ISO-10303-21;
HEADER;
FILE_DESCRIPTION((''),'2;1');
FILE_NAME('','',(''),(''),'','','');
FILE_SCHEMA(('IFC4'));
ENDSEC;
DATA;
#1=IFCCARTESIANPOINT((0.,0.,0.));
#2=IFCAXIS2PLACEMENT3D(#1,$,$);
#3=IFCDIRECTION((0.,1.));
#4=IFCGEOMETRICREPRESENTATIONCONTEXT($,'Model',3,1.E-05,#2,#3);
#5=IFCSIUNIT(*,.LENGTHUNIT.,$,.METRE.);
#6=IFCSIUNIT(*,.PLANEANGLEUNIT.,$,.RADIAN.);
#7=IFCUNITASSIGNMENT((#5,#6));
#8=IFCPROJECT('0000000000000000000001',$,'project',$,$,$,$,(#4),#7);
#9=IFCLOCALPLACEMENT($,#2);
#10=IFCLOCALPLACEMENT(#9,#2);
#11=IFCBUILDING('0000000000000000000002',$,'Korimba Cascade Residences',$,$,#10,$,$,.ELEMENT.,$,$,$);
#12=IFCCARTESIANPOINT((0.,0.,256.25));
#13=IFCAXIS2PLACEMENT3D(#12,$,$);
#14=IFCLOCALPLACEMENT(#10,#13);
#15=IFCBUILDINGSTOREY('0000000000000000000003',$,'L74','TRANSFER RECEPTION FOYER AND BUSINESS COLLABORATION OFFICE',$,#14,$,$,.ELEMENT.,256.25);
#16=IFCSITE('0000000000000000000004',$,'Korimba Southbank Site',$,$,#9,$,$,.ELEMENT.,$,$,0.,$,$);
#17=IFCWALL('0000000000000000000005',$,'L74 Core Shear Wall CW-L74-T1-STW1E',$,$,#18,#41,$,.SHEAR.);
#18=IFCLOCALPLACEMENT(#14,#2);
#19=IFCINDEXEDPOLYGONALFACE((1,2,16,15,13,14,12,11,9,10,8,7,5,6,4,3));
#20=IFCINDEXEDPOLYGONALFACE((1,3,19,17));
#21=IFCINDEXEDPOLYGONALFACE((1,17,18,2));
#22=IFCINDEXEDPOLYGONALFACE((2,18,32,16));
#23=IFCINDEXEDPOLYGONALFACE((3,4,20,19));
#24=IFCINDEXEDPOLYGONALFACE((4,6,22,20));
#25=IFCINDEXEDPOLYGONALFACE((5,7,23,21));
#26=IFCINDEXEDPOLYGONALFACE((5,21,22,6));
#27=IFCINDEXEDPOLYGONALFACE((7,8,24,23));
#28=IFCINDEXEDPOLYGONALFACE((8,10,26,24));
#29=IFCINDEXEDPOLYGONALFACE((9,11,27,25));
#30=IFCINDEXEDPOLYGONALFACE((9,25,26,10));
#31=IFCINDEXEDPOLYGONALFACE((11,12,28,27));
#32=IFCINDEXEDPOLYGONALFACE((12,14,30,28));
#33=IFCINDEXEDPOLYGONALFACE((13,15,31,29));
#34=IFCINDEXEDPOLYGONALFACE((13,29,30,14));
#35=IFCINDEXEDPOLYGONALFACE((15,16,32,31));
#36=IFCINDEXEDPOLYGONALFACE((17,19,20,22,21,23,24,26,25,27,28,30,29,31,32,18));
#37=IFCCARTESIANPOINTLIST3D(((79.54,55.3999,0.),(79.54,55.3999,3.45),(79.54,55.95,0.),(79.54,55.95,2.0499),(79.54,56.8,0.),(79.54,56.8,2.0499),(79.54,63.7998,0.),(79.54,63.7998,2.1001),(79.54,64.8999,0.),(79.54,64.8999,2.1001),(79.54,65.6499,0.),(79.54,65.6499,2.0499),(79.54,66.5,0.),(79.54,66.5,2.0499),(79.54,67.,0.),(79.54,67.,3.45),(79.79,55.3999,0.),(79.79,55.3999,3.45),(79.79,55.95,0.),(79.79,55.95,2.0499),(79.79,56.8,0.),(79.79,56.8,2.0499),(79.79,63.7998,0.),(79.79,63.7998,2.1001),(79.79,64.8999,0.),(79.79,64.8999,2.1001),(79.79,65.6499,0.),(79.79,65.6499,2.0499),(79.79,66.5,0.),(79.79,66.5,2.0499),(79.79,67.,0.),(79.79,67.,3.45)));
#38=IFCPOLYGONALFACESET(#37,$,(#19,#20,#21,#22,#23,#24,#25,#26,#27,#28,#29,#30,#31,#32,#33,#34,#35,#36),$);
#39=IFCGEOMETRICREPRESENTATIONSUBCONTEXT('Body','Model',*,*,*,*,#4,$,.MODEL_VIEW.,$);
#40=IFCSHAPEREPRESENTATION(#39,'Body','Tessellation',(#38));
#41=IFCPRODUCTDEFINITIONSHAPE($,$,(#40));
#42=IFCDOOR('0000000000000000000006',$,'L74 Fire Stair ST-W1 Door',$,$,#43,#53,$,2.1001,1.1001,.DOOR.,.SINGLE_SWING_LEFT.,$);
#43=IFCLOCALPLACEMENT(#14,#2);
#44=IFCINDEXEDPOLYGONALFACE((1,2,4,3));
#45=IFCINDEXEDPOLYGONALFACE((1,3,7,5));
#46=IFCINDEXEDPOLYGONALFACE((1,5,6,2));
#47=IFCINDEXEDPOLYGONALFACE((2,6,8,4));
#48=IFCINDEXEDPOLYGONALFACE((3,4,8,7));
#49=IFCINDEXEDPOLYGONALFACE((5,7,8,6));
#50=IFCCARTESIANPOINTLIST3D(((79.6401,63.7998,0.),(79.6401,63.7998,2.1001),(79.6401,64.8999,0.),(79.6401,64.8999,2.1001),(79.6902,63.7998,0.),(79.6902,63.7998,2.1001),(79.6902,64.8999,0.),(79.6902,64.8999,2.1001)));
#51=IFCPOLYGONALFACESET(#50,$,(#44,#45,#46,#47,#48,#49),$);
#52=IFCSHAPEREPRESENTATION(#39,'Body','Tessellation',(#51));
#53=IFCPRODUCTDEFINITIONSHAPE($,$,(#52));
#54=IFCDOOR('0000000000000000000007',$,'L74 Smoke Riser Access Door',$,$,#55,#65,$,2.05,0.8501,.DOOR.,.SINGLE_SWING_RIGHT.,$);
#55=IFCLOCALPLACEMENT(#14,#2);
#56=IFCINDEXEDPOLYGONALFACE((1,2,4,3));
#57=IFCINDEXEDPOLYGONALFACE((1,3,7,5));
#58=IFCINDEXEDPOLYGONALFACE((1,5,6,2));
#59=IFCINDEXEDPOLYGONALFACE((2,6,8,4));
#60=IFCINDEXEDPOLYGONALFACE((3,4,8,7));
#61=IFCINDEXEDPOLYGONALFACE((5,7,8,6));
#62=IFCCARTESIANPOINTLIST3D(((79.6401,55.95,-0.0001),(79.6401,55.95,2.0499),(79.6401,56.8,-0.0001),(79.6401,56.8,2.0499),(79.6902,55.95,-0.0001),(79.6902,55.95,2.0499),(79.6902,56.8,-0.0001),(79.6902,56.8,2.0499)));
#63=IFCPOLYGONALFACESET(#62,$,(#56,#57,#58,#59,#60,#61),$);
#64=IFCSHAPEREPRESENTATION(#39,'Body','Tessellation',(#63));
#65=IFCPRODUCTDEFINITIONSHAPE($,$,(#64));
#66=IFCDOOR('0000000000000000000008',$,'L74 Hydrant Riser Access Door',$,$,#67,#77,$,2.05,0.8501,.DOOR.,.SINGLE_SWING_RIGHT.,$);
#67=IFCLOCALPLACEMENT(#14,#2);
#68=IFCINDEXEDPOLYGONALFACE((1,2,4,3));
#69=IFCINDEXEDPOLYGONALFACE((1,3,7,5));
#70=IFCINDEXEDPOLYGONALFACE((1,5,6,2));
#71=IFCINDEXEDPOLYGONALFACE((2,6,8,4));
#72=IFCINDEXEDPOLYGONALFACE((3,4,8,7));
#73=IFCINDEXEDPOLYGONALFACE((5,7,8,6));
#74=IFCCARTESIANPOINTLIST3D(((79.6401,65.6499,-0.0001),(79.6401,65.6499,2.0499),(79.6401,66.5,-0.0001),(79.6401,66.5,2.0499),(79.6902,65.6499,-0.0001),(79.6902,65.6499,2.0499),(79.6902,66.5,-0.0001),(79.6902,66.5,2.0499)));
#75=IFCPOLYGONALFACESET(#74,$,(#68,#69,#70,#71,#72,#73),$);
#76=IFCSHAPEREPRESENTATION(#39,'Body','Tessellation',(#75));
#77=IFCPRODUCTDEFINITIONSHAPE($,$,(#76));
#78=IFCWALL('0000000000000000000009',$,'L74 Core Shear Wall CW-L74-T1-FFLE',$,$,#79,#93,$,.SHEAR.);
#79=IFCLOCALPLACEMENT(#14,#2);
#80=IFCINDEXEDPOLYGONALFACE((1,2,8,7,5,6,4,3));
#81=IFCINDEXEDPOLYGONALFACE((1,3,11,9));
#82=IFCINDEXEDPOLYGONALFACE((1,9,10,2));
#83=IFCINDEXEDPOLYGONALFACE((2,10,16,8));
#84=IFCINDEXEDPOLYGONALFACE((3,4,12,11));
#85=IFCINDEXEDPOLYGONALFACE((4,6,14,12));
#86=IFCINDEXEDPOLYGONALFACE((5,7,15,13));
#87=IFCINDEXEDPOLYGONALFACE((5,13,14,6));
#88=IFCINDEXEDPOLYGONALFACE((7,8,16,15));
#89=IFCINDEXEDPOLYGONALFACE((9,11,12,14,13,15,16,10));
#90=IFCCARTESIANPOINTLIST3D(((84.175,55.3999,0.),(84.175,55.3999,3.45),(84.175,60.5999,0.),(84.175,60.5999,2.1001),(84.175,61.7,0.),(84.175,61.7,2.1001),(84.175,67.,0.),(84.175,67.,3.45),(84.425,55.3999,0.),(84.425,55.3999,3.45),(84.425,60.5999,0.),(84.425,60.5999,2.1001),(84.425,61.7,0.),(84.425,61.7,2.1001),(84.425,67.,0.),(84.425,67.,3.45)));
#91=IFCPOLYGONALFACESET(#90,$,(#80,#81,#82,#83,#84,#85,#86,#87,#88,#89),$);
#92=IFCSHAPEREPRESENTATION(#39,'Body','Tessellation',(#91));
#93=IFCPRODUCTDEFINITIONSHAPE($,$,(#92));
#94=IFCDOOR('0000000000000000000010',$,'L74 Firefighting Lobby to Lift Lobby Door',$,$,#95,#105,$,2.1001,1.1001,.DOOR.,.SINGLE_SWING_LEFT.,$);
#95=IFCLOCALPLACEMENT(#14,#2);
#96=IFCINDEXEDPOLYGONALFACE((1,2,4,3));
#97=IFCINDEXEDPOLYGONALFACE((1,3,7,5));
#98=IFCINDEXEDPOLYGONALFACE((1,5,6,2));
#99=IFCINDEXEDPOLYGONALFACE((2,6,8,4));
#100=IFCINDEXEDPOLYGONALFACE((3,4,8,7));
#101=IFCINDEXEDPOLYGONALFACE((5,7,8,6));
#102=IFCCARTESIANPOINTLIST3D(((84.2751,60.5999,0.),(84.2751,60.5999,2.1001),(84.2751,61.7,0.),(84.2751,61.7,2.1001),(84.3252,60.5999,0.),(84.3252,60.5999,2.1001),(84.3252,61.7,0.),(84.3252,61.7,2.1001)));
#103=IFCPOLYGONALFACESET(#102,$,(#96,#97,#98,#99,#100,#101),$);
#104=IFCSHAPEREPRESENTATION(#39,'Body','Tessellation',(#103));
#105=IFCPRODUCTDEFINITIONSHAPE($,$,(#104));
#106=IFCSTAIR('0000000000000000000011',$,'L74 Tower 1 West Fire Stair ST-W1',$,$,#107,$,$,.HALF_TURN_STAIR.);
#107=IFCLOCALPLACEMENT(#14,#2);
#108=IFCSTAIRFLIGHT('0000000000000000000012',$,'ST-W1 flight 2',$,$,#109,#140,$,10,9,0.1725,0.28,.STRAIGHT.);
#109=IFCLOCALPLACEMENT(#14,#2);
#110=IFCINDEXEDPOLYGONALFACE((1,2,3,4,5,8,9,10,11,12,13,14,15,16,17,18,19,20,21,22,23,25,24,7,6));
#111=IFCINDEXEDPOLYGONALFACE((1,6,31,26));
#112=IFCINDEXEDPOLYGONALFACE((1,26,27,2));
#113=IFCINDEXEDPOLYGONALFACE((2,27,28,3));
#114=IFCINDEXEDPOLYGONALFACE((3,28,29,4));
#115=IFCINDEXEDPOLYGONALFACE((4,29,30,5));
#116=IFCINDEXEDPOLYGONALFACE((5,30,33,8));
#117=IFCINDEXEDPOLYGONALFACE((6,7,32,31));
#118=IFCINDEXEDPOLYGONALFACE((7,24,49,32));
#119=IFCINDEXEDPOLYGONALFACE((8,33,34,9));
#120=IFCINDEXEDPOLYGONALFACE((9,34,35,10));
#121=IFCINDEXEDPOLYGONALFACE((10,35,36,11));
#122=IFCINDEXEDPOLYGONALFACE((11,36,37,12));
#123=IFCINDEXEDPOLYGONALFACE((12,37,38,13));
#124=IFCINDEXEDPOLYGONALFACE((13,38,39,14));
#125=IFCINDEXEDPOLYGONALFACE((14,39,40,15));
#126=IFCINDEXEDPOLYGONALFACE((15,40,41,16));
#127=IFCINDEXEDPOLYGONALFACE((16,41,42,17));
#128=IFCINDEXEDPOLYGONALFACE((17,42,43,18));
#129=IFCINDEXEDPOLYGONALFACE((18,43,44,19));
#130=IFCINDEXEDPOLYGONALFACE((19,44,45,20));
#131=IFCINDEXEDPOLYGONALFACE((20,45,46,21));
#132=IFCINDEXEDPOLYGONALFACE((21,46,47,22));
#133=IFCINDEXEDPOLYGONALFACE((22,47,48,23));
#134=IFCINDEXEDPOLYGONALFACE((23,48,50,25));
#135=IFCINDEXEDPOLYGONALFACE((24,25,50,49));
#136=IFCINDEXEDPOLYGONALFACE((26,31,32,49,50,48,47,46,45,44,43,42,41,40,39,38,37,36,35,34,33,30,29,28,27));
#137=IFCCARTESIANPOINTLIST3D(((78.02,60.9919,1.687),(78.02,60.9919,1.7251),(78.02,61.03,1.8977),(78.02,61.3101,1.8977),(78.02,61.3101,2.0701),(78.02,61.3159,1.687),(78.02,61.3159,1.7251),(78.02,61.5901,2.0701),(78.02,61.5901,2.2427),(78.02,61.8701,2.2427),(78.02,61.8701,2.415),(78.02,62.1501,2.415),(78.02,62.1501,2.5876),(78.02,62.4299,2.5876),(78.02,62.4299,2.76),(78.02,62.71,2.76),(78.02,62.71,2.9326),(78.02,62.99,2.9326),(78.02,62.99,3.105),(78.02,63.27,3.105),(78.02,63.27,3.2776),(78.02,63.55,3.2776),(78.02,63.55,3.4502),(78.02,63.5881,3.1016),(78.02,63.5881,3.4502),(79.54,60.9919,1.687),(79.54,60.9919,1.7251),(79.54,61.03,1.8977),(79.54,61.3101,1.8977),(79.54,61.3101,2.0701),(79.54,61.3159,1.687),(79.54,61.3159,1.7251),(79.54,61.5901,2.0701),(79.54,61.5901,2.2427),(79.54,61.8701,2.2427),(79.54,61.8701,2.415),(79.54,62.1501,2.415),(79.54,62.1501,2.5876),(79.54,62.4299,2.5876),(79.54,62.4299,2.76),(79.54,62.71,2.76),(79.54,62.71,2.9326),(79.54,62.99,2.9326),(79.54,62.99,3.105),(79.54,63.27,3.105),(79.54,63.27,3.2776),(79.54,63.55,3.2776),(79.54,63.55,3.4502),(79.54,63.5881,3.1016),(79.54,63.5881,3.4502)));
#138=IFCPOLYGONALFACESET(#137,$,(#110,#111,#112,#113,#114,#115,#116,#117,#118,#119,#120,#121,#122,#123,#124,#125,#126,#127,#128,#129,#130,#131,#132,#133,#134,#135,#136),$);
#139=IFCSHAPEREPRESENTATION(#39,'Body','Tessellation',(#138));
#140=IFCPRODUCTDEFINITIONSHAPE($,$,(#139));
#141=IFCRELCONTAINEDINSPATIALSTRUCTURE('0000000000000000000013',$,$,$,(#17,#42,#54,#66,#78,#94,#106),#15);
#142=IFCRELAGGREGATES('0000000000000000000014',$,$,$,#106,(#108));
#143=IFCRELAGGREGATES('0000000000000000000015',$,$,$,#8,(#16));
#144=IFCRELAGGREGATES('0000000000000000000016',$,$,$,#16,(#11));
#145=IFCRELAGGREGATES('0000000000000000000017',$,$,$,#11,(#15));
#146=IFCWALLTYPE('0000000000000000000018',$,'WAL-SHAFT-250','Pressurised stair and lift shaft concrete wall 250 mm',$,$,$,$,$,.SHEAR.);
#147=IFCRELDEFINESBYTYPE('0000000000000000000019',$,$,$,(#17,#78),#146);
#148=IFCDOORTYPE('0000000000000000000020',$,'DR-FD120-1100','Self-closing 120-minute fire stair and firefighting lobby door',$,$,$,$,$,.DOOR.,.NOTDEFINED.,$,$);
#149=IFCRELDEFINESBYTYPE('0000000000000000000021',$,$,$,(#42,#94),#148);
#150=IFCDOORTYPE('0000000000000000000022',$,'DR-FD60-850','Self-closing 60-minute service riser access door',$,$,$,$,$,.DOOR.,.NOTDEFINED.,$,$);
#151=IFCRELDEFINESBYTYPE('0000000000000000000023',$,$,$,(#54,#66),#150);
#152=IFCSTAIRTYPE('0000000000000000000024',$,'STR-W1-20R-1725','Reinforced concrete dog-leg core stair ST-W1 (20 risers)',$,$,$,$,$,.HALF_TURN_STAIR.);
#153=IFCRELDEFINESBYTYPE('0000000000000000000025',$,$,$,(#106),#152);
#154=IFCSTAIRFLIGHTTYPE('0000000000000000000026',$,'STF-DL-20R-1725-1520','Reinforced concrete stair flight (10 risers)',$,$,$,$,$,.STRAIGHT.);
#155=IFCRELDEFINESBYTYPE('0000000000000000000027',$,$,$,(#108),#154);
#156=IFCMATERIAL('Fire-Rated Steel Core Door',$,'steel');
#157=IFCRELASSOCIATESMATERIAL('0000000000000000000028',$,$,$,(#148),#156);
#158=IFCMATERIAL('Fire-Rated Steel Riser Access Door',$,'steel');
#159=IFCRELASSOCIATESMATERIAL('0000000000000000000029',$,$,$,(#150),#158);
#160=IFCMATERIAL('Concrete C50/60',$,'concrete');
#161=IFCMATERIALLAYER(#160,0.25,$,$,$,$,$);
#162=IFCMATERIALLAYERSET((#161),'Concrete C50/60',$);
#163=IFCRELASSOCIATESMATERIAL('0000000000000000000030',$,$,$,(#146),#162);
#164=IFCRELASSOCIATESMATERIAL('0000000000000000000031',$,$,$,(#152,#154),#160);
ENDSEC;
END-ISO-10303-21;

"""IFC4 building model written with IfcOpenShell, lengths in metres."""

from ifc_helpers import new_model, si_unit, direction, frame, frame_2d, origin, place, context, subcontext, project, spatial, polyline, rectangle, outline, extrude, material, layer, layer_set, type_object, element, fill, aggregate, save


model = new_model("IFC4")

# Units and contexts
model_context = context("Model", 3, precision=1e-05, world=origin(), true_north=direction((0.0, 1.0)))
body_context = subcontext(model_context, "Body", "Model", "MODEL_VIEW")
ifc_project = project(units=[si_unit("LENGTHUNIT", "METRE"), si_unit("PLANEANGLEUNIT", "RADIAN")], contexts=[model_context])

# Site, building, storey
site_placement = place(None, origin())
site = spatial("IfcSite", under=ifc_project, at=site_placement, Name="Korimba Southbank Site", CompositionType="ELEMENT", RefElevation=0.0)
building_placement = place(site_placement, origin())
building = spatial("IfcBuilding", under=site, at=building_placement, Name="Korimba Cascade Residences", CompositionType="ELEMENT")
storey_placement = place(building_placement, frame((0.0, 0.0, 256.25)))
storey = spatial("IfcBuildingStorey", under=building, at=storey_placement, Name="L74", Description="TRANSFER RECEPTION FOYER AND BUSINESS COLLABORATION OFFICE", CompositionType="ELEMENT", Elevation=256.25)

# Shared definitions
ifc_material_1 = material(Name="Concrete C50/60", Category="concrete")

# Shared definitions
ifc_material_2 = material(Name="Fire-Rated Steel Core Door", Category="steel")
door_type_1 = type_object("IfcDoorType", Name="DR-FD120-1100", Description="Self-closing 120-minute fire stair and firefighting lobby door", OperationType="NOTDEFINED", PredefinedType="DOOR", material=ifc_material_2)

# Wall, openings, doors
ifc_material_3 = material(Name="Fire-Rated Steel Riser Access Door", Category="steel")
door_type_2 = type_object("IfcDoorType", Name="DR-FD60-850", Description="Self-closing 60-minute service riser access door", OperationType="NOTDEFINED", PredefinedType="DOOR", material=ifc_material_3)
ifc_layer_1 = layer(ifc_material_1, 0.25)
ifc_layer_set_1 = layer_set([ifc_layer_1], Name="Concrete C50/60")
wall_type_1 = type_object("IfcWallType", Name="WAL-SHAFT-250", Description="Pressurised stair and lift shaft concrete wall 250 mm", PredefinedType="SHEAR", material=ifc_layer_set_1)
wall_1_placement = place(storey_placement, frame((79.665, 55.3999, 0.0), z_axis=(0.0, 0.0, 1.0), x_axis=(0.0, 1.0, 0.0)))
wall_1 = element("IfcWall", 1, at=wall_1_placement, inside=storey, type_object=wall_type_1, Name="L74 Core Shear Wall CW-L74-T1-STW1E", PredefinedType="SHEAR", context=body_context, shape_type="SweptSolid", body=[
    extrude(rectangle(XDim=11.6001, YDim=0.25, at=frame_2d((5.8, 0.0))), origin(), (0.0, 0.0, 1.0), 3.45),
])
opening_1_placement = place(wall_1_placement, frame((0.55, 0.0, 0.0)))
opening_1 = element("IfcOpeningElement", 2, at=opening_1_placement, cuts=wall_1, PredefinedType="OPENING", context=body_context, shape_type="SweptSolid", body=[
    extrude(rectangle(XDim=0.8501, YDim=2.05, at=frame_2d((0.425, 1.0249))), frame((0.0, 0.135, 0.0), z_axis=(0.0, -1.0, 0.0), x_axis=(1.0, 0.0, 0.0)), (0.0, 0.0, 1.0), 0.27),
])
opening_2_placement = place(wall_1_placement, frame((8.3999, 0.0, 0.0)))
opening_2 = element("IfcOpeningElement", 3, at=opening_2_placement, cuts=wall_1, PredefinedType="OPENING", context=body_context, shape_type="SweptSolid", body=[
    extrude(rectangle(XDim=1.1001, YDim=2.1001, at=frame_2d((0.55, 1.05))), frame((0.0, 0.135, 0.0), z_axis=(0.0, -1.0, 0.0), x_axis=(1.0, 0.0, 0.0)), (0.0, 0.0, 1.0), 0.27),
])
opening_3_placement = place(wall_1_placement, frame((10.25, 0.0, 0.0)))
opening_3 = element("IfcOpeningElement", 4, at=opening_3_placement, cuts=wall_1, PredefinedType="OPENING", context=body_context, shape_type="SweptSolid", body=[
    extrude(rectangle(XDim=0.8501, YDim=2.05, at=frame_2d((0.425, 1.0249))), frame((0.0, 0.135, 0.0), z_axis=(0.0, -1.0, 0.0), x_axis=(1.0, 0.0, 0.0)), (0.0, 0.0, 1.0), 0.27),
])
door_1_placement = place(opening_2_placement, origin())
door_1 = element("IfcDoor", 5, at=door_1_placement, inside=storey, type_object=door_type_1, Name="L74 Fire Stair ST-W1 Door", OperationType="SINGLE_SWING_LEFT", OverallHeight=2.1001, OverallWidth=1.1001, PredefinedType="DOOR", context=body_context, shape_type="SweptSolid", body=[
    extrude(rectangle(XDim=1.1001, YDim=2.1001, at=frame_2d((0.55, 1.05))), frame((0.0, 0.0249, 0.0), z_axis=(0.0, -1.0, 0.0), x_axis=(1.0, 0.0, 0.0)), (0.0, 0.0, 1.0), 0.05),
])
fill(opening_2, door_1)
door_2_placement = place(opening_1_placement, origin())
door_2 = element("IfcDoor", 6, at=door_2_placement, inside=storey, type_object=door_type_2, Name="L74 Smoke Riser Access Door", OperationType="SINGLE_SWING_RIGHT", OverallHeight=2.05, OverallWidth=0.8501, PredefinedType="DOOR", context=body_context, shape_type="SweptSolid", body=[
    extrude(rectangle(XDim=0.8501, YDim=2.05, at=frame_2d((0.425, 1.0249))), frame((0.0, 0.0249, 0.0), z_axis=(0.0, -1.0, 0.0), x_axis=(1.0, 0.0, 0.0)), (0.0, 0.0, 1.0), 0.05),
])
fill(opening_1, door_2)
door_3_placement = place(opening_3_placement, origin())
door_3 = element("IfcDoor", 7, at=door_3_placement, inside=storey, type_object=door_type_2, Name="L74 Hydrant Riser Access Door", OperationType="SINGLE_SWING_RIGHT", OverallHeight=2.05, OverallWidth=0.8501, PredefinedType="DOOR", context=body_context, shape_type="SweptSolid", body=[
    extrude(rectangle(XDim=0.8501, YDim=2.05, at=frame_2d((0.425, 1.0249))), frame((0.0, 0.0249, 0.0), z_axis=(0.0, -1.0, 0.0), x_axis=(1.0, 0.0, 0.0)), (0.0, 0.0, 1.0), 0.05),
])
fill(opening_3, door_3)

# Wall, opening, door
wall_2_placement = place(storey_placement, frame((84.3, 55.3999, 0.0), z_axis=(0.0, 0.0, 1.0), x_axis=(0.0, 1.0, 0.0)))
wall_2 = element("IfcWall", 8, at=wall_2_placement, inside=storey, type_object=wall_type_1, Name="L74 Core Shear Wall CW-L74-T1-FFLE", PredefinedType="SHEAR", context=body_context, shape_type="SweptSolid", body=[
    extrude(rectangle(XDim=11.6001, YDim=0.25, at=frame_2d((5.8, 0.0))), origin(), (0.0, 0.0, 1.0), 3.45),
])
opening_4_placement = place(wall_2_placement, frame((5.2, 0.0, 0.0)))
opening_4 = element("IfcOpeningElement", 9, at=opening_4_placement, cuts=wall_2, PredefinedType="OPENING", context=body_context, shape_type="SweptSolid", body=[
    extrude(rectangle(XDim=1.1001, YDim=2.1001, at=frame_2d((0.55, 1.05))), frame((0.0, 0.135, 0.0), z_axis=(0.0, -1.0, 0.0), x_axis=(1.0, 0.0, 0.0)), (0.0, 0.0, 1.0), 0.27),
])
door_4_placement = place(opening_4_placement, origin())
door_4 = element("IfcDoor", 10, at=door_4_placement, inside=storey, type_object=door_type_1, Name="L74 Firefighting Lobby to Lift Lobby Door", OperationType="SINGLE_SWING_LEFT", OverallHeight=2.1001, OverallWidth=1.1001, PredefinedType="DOOR", context=body_context, shape_type="SweptSolid", body=[
    extrude(rectangle(XDim=1.1001, YDim=2.1001, at=frame_2d((0.55, 1.05))), frame((0.0, 0.0249, 0.0), z_axis=(0.0, -1.0, 0.0), x_axis=(1.0, 0.0, 0.0)), (0.0, 0.0, 1.0), 0.05),
])
fill(opening_4, door_4)

# Stair, stair flight
stair_type = type_object("IfcStairType", Name="STR-W1-20R-1725", Description="Reinforced concrete dog-leg core stair ST-W1 (20 risers)", PredefinedType="HALF_TURN_STAIR", material=ifc_material_1)
stair_placement = place(storey_placement, origin())
stair = element("IfcStair", 11, at=stair_placement, inside=storey, type_object=stair_type, Name="L74 Tower 1 West Fire Stair ST-W1", PredefinedType="HALF_TURN_STAIR")
stair_flight_type = type_object("IfcStairFlightType", Name="STF-DL-20R-1725-1520", Description="Reinforced concrete stair flight (10 risers)", PredefinedType="STRAIGHT", material=ifc_material_1)
stair_flight_placement = place(storey_placement, frame((78.78, 61.03, 1.7251), z_axis=(0.0, 0.0, 1.0), x_axis=(0.0, 1.0, 0.0)))
stair_flight = element("IfcStairFlight", 12, at=stair_flight_placement, type_object=stair_flight_type, Name="ST-W1 flight 2", NumberOfRisers=10, NumberOfTreads=9, PredefinedType="STRAIGHT", RiserHeight=0.1725, TreadLength=0.28, context=body_context, shape_type="SweptSolid", body=[
    extrude(outline(polyline([(-0.0381, 0.0), (0.0, 0.1726), (0.28, 0.1726), (0.28, 0.345), (0.5601, 0.345), (0.5601, 0.5176), (0.8401, 0.5176), (0.8401, 0.6899), (1.1201, 0.6899), (1.1201, 0.8625), (1.3999, 0.8625), (1.3999, 1.0349), (1.6799, 1.0349), (1.6799, 1.2075), (1.96, 1.2075), (1.96, 1.3799), (2.24, 1.3799), (2.24, 1.5525), (2.52, 1.5525), (2.52, 1.7251), (2.5581, 1.7251), (2.5581, 1.3765), (0.2859, 0.0), (0.2859, -0.0381), (-0.0381, -0.0381), (-0.0381, 0.0)])), frame((0.0, 0.76, 0.0), z_axis=(0.0, -1.0, 0.0), x_axis=(1.0, 0.0, 0.0)), (0.0, 0.0, 1.0), 1.52),
])
aggregate(stair, [stair_flight])

save(model, "model.ifc")
